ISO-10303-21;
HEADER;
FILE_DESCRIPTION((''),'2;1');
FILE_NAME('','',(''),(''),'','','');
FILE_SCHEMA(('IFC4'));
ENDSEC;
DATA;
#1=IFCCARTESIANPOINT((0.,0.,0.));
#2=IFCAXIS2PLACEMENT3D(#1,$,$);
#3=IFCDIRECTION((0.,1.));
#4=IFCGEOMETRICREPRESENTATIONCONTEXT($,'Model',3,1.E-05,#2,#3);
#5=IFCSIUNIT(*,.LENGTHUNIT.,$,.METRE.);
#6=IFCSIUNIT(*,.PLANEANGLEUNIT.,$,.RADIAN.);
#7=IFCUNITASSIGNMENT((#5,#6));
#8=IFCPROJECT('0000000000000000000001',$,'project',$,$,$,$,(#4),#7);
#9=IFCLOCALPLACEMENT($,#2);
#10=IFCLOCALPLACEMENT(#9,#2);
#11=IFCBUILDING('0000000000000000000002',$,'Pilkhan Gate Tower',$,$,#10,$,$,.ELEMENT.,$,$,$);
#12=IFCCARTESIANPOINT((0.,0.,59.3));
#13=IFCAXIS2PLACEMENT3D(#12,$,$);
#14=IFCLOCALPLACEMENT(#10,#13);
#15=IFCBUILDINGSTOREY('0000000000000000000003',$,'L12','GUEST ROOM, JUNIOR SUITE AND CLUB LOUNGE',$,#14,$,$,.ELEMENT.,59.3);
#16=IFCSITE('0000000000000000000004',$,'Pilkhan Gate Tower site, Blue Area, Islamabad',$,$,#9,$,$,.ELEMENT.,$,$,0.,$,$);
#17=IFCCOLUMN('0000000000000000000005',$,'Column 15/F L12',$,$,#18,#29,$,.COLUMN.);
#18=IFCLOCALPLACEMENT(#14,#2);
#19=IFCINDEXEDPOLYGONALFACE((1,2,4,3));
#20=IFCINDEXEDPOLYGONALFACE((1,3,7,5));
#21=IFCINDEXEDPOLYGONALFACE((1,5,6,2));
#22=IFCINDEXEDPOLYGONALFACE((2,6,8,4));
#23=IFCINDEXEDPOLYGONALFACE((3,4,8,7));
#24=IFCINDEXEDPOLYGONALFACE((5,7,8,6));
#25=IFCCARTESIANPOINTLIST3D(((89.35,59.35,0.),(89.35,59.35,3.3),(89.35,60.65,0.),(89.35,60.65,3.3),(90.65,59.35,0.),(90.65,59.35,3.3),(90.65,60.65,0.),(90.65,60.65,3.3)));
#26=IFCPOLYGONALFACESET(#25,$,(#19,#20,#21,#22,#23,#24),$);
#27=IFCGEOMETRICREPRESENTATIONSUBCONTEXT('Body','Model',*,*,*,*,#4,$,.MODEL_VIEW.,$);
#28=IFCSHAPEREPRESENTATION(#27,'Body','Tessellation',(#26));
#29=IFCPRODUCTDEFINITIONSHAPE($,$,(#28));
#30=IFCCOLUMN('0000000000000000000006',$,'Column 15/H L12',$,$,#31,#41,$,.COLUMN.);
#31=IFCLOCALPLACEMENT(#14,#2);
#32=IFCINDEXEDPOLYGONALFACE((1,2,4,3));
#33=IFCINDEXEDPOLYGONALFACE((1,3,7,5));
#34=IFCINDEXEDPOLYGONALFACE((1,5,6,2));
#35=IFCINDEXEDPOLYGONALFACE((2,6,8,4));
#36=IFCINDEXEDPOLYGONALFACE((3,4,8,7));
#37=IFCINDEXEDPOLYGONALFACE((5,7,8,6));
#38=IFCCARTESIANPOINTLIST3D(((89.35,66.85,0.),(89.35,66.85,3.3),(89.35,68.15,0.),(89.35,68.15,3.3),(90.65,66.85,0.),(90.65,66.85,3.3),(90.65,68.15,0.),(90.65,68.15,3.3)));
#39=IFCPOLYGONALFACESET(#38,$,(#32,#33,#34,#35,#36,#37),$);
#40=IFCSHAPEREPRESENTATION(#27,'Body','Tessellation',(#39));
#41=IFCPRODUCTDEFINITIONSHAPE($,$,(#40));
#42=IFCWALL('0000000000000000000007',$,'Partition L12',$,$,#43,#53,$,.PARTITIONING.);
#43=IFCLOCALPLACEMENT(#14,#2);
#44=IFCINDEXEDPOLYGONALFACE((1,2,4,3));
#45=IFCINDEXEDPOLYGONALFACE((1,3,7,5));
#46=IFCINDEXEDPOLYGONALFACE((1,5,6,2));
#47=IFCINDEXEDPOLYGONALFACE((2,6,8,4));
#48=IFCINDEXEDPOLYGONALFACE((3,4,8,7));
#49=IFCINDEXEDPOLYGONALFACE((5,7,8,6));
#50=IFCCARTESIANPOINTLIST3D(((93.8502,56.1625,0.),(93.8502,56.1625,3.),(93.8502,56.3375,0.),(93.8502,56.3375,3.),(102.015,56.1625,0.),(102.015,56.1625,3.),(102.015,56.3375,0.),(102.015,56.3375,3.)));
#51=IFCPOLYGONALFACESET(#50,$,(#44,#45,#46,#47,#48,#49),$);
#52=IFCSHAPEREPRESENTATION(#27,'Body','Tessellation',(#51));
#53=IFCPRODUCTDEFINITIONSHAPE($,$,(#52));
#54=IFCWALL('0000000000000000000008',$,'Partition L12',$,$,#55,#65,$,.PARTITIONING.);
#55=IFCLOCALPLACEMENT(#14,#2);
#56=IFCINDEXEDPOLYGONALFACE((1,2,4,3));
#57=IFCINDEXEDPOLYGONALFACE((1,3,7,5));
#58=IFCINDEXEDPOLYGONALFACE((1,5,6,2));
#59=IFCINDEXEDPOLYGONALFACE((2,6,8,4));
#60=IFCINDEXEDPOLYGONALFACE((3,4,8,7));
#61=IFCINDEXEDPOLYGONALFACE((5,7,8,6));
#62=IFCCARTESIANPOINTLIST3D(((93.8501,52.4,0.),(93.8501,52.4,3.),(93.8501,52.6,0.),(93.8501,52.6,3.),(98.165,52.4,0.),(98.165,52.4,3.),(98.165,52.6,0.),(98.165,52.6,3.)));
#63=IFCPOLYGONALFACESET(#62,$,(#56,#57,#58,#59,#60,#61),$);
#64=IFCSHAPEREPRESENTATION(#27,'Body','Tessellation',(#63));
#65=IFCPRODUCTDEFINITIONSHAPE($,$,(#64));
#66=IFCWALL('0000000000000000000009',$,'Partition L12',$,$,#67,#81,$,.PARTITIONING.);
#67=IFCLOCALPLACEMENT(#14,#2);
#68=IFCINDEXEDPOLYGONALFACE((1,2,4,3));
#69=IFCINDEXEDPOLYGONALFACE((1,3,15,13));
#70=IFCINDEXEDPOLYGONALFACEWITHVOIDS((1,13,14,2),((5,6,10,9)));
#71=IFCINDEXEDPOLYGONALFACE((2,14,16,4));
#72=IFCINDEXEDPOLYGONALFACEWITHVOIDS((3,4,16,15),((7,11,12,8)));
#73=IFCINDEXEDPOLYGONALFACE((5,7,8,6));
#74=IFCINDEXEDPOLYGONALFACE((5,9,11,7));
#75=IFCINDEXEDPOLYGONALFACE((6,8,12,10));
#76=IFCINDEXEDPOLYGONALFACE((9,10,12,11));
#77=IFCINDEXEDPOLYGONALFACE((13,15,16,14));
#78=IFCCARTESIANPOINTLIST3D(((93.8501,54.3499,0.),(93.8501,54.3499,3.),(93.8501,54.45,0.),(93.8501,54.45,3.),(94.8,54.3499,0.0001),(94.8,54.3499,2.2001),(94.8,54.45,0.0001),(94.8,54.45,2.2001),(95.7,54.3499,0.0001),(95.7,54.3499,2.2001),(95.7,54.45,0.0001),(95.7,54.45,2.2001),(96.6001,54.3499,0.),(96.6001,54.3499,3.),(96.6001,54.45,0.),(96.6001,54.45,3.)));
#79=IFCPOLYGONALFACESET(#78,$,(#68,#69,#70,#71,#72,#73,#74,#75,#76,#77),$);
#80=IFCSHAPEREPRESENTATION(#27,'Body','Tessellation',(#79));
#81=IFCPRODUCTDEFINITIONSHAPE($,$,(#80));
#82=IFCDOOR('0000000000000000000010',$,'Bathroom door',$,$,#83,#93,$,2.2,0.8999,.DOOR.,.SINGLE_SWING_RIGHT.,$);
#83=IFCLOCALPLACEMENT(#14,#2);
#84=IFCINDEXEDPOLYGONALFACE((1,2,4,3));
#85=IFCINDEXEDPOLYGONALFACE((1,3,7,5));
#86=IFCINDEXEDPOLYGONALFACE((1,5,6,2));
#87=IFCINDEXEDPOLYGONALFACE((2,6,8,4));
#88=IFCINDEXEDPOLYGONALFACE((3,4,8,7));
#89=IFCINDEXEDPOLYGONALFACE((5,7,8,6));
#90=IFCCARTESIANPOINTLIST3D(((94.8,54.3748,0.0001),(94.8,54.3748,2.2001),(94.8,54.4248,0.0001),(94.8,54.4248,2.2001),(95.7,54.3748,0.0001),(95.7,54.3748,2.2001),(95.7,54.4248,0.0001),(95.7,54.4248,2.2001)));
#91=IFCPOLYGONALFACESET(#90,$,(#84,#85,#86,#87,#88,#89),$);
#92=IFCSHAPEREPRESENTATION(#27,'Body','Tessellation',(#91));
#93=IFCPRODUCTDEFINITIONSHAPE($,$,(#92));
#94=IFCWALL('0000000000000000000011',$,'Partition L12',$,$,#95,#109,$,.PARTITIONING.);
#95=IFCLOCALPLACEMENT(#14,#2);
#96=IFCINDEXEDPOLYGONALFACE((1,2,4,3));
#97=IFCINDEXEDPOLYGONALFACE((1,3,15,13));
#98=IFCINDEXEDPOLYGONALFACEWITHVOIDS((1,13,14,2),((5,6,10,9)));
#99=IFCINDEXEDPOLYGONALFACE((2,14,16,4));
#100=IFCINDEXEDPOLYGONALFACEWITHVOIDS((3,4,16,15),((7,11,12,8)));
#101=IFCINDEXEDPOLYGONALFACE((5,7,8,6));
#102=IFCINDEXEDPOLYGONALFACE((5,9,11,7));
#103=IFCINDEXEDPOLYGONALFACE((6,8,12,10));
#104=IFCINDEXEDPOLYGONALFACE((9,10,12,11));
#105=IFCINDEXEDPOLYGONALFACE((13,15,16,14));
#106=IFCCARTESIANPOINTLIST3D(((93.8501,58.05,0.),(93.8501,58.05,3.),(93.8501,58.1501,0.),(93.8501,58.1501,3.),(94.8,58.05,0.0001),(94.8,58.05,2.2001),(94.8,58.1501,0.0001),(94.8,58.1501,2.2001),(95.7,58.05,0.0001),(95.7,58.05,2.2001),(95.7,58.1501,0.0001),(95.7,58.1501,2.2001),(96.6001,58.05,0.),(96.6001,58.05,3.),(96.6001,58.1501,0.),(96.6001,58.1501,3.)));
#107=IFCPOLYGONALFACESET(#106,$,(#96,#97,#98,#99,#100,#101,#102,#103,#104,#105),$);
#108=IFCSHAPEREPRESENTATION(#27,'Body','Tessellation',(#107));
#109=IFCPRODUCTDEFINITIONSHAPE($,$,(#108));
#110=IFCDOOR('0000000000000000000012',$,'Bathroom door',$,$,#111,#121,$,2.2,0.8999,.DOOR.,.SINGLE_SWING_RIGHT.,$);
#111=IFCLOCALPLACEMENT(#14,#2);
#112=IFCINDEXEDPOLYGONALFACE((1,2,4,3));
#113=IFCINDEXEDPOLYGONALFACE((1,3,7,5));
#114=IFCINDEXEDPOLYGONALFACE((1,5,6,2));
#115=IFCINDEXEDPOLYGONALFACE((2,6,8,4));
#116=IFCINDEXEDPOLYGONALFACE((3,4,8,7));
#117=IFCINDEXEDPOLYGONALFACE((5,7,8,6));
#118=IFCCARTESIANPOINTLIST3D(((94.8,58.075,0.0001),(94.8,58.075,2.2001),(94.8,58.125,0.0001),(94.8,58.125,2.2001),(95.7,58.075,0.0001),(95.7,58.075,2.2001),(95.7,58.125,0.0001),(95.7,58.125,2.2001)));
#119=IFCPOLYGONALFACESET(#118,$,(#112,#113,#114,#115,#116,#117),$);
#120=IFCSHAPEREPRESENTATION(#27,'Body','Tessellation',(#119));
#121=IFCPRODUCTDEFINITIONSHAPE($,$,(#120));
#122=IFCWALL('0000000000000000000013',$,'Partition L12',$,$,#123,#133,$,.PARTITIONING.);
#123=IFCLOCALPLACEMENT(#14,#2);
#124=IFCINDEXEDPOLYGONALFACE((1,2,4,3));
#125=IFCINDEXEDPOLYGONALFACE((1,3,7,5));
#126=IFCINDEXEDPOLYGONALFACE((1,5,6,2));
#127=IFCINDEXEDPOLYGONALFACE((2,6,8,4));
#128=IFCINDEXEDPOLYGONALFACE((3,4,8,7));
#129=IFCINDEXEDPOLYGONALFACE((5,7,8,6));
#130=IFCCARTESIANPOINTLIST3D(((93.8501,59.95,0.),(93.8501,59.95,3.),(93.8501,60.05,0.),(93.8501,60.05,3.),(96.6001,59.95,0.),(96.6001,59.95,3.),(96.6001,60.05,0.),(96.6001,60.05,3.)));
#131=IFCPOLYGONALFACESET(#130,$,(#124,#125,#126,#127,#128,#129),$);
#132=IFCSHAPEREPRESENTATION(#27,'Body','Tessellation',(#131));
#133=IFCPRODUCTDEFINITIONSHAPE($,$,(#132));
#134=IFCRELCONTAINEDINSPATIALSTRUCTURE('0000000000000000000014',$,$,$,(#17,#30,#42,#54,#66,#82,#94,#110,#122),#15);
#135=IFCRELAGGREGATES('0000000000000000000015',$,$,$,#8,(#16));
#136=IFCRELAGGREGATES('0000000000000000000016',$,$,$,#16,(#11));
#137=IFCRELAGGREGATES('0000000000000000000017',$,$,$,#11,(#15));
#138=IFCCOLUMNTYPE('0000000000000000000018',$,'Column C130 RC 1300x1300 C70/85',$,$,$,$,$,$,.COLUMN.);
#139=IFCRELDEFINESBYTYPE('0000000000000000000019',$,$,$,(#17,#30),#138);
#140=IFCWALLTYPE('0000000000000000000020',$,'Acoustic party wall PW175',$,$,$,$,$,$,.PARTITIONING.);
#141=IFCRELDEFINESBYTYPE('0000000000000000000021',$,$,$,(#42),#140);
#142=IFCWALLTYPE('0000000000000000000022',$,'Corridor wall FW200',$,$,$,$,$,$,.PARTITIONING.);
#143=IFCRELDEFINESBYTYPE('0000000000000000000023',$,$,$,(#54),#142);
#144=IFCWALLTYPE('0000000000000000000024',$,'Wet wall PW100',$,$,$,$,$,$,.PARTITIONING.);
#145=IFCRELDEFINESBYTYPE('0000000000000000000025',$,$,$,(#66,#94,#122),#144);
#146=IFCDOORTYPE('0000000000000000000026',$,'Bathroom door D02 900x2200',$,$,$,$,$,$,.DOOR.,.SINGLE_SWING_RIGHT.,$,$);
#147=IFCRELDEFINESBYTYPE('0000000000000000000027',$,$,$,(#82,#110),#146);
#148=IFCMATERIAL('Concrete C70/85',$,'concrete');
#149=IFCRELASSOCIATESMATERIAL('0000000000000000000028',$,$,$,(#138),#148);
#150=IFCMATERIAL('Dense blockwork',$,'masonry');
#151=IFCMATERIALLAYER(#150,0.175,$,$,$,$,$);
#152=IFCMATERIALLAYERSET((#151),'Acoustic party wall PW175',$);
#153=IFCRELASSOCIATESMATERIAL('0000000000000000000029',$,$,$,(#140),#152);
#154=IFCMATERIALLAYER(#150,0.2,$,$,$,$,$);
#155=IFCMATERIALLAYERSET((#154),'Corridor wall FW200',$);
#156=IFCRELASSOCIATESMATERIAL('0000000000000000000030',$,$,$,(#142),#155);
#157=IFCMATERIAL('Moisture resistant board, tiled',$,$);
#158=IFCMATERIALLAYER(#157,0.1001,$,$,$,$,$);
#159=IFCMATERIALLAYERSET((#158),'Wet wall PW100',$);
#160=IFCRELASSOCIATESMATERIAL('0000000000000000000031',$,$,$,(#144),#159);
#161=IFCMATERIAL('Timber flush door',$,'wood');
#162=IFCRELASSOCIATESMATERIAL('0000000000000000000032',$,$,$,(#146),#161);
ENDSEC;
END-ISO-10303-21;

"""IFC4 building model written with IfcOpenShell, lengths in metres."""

from ifc_helpers import new_model, si_unit, direction, frame, frame_2d, origin, origin_2d, place, context, subcontext, project, spatial, rectangle, extrude, material, layer, layer_set, material_profile, profile_set, type_object, element, fill, save


model = new_model("IFC4")

# Units and contexts
model_context = context("Model", 3, precision=1e-05, world=origin(), true_north=direction((0.0, 1.0)))
body_context = subcontext(model_context, "Body", "Model", "MODEL_VIEW")
ifc_project = project(units=[si_unit("LENGTHUNIT", "METRE"), si_unit("PLANEANGLEUNIT", "RADIAN")], contexts=[model_context])

# Site, building, storey
site_placement = place(None, origin())
site = spatial("IfcSite", under=ifc_project, at=site_placement, Name="Pilkhan Gate Tower site, Blue Area, Islamabad", CompositionType="ELEMENT", RefElevation=0.0)
building_placement = place(site_placement, origin())
building = spatial("IfcBuilding", under=site, at=building_placement, Name="Pilkhan Gate Tower", CompositionType="ELEMENT")
storey_placement = place(building_placement, frame((0.0, 0.0, 59.3)))
storey = spatial("IfcBuildingStorey", under=building, at=storey_placement, Name="L12", Description="GUEST ROOM, JUNIOR SUITE AND CLUB LOUNGE", CompositionType="ELEMENT", Elevation=59.3)

# Columns
ifc_material_1 = material(Name="Concrete C70/85", Category="concrete")
ifc_material_profile = material_profile(ifc_material_1, rectangle(XDim=1.3, YDim=1.3, at=origin_2d()), Name="RC 1300x1300")
ifc_profile_set = profile_set([ifc_material_profile], Name="Concrete C70/85")
column_type = type_object("IfcColumnType", Name="Column C130 RC 1300x1300 C70/85", PredefinedType="COLUMN", material=ifc_profile_set)
for number, where, z_axis, x_axis, name in (
    (1, (90.0, 60.0, 0.0), (0.0, 0.0, 1.0), (1.0, 0.0, 0.0), "Column 15/F L12"),
    (2, (90.0, 67.5, 0.0), (0.0, 0.0, 1.0), (1.0, 0.0, 0.0), "Column 15/H L12"),
):
    element("IfcColumn", number, at=place(storey_placement, frame(where, z_axis=z_axis, x_axis=x_axis)), inside=storey, type_object=column_type, Name=name, PredefinedType="COLUMN", context=body_context, shape_type="SweptSolid", body=[
        extrude(rectangle(XDim=1.3, YDim=1.3, at=origin_2d()), origin(), (0.0, 0.0, 1.0), 3.3),
    ])

# Walls
ifc_material_2 = material(Name="Dense blockwork", Category="masonry")
ifc_layer_1 = layer(ifc_material_2, 0.175)
ifc_layer_set_1 = layer_set([ifc_layer_1], Name="Acoustic party wall PW175")
wall_type_1 = type_object("IfcWallType", Name="Acoustic party wall PW175", PredefinedType="PARTITIONING", material=ifc_layer_set_1)
wall_1_placement = place(storey_placement, frame((93.8501, 56.25, 0.0), z_axis=(0.0, 0.0, 1.0), x_axis=(1.0, 0.0, 0.0)))
element("IfcWall", 3, at=wall_1_placement, inside=storey, type_object=wall_type_1, Name="Partition L12", PredefinedType="PARTITIONING", context=body_context, shape_type="SweptSolid", body=[
    extrude(rectangle(XDim=8.1648, YDim=0.175, at=frame_2d((4.0825, 0.0))), origin(), (0.0, 0.0, 1.0), 3.0),
])
ifc_layer_2 = layer(ifc_material_2, 0.2)
ifc_layer_set_2 = layer_set([ifc_layer_2], Name="Corridor wall FW200")
wall_type_2 = type_object("IfcWallType", Name="Corridor wall FW200", PredefinedType="PARTITIONING", material=ifc_layer_set_2)
wall_2_placement = place(storey_placement, frame((93.8501, 52.5, 0.0), z_axis=(0.0, 0.0, 1.0), x_axis=(1.0, 0.0, 0.0)))
element("IfcWall", 4, at=wall_2_placement, inside=storey, type_object=wall_type_2, Name="Partition L12", PredefinedType="PARTITIONING", context=body_context, shape_type="SweptSolid", body=[
    extrude(rectangle(XDim=4.3149, YDim=0.2, at=frame_2d((2.1575, 0.0))), origin(), (0.0, 0.0, 1.0), 3.0),
])

# Walls, openings, doors
ifc_material_3 = material(Name="Moisture resistant board, tiled")
ifc_layer_3 = layer(ifc_material_3, 0.1001)
ifc_layer_set_3 = layer_set([ifc_layer_3], Name="Wet wall PW100")
wall_type_3 = type_object("IfcWallType", Name="Wet wall PW100", PredefinedType="PARTITIONING", material=ifc_layer_set_3)
wall_3_placement = place(storey_placement, frame((93.8501, 54.3999, 0.0), z_axis=(0.0, 0.0, 1.0), x_axis=(1.0, 0.0, 0.0)))
wall_3 = element("IfcWall", 5, at=wall_3_placement, inside=storey, type_object=wall_type_3, Name="Partition L12", PredefinedType="PARTITIONING", context=body_context, shape_type="SweptSolid", body=[
    extrude(rectangle(XDim=2.75, YDim=0.1001, at=frame_2d((1.375, 0.0))), origin(), (0.0, 0.0, 1.0), 3.0),
])
opening_1_placement = place(wall_3_placement, frame((0.95, 0.0, 0.0)))
opening_1 = element("IfcOpeningElement", 6, at=opening_1_placement, cuts=wall_3, PredefinedType="OPENING", context=body_context, shape_type="SweptSolid", body=[
    extrude(rectangle(XDim=0.8999, YDim=2.2, at=frame_2d((0.45, 1.1001))), frame((0.0, 0.0601, 0.0), z_axis=(0.0, -1.0, 0.0), x_axis=(1.0, 0.0, 0.0)), (0.0, 0.0, 1.0), 0.1201),
])
ifc_material_4 = material(Name="Timber flush door", Category="wood")
door_type_1 = type_object("IfcDoorType", Name="Bathroom door D02 900x2200", OperationType="SINGLE_SWING_RIGHT", PredefinedType="DOOR", material=ifc_material_4)
door_1_placement = place(opening_1_placement, origin())
door_1 = element("IfcDoor", 7, at=door_1_placement, inside=storey, type_object=door_type_1, Name="Bathroom door", OperationType="SINGLE_SWING_RIGHT", OverallHeight=2.2, OverallWidth=0.8999, PredefinedType="DOOR", context=body_context, shape_type="SweptSolid", body=[
    extrude(rectangle(XDim=0.8999, YDim=2.2, at=frame_2d((0.45, 1.1001))), frame((0.0, 0.0249, 0.0), z_axis=(0.0, -1.0, 0.0), x_axis=(1.0, 0.0, 0.0)), (0.0, 0.0, 1.0), 0.05),
])
fill(opening_1, door_1)
wall_4_placement = place(storey_placement, frame((93.8501, 58.1001, 0.0), z_axis=(0.0, 0.0, 1.0), x_axis=(1.0, 0.0, 0.0)))
wall_4 = element("IfcWall", 8, at=wall_4_placement, inside=storey, type_object=wall_type_3, Name="Partition L12", PredefinedType="PARTITIONING", context=body_context, shape_type="SweptSolid", body=[
    extrude(rectangle(XDim=2.75, YDim=0.1001, at=frame_2d((1.375, 0.0))), origin(), (0.0, 0.0, 1.0), 3.0),
])
opening_2_placement = place(wall_4_placement, frame((0.95, 0.0, 0.0)))
opening_2 = element("IfcOpeningElement", 9, at=opening_2_placement, cuts=wall_4, PredefinedType="OPENING", context=body_context, shape_type="SweptSolid", body=[
    extrude(rectangle(XDim=0.8999, YDim=2.2, at=frame_2d((0.45, 1.1001))), frame((0.0, 0.0601, 0.0), z_axis=(0.0, -1.0, 0.0), x_axis=(1.0, 0.0, 0.0)), (0.0, 0.0, 1.0), 0.1201),
])
door_2_placement = place(opening_2_placement, origin())
door_2 = element("IfcDoor", 10, at=door_2_placement, inside=storey, type_object=door_type_1, Name="Bathroom door", OperationType="SINGLE_SWING_RIGHT", OverallHeight=2.2, OverallWidth=0.8999, PredefinedType="DOOR", context=body_context, shape_type="SweptSolid", body=[
    extrude(rectangle(XDim=0.8999, YDim=2.2, at=frame_2d((0.45, 1.1001))), frame((0.0, 0.0249, 0.0), z_axis=(0.0, -1.0, 0.0), x_axis=(1.0, 0.0, 0.0)), (0.0, 0.0, 1.0), 0.05),
])
fill(opening_2, door_2)

# Wall
wall_5_placement = place(storey_placement, frame((93.8501, 60.0, 0.0), z_axis=(0.0, 0.0, 1.0), x_axis=(1.0, 0.0, 0.0)))
element("IfcWall", 11, at=wall_5_placement, inside=storey, type_object=wall_type_3, Name="Partition L12", PredefinedType="PARTITIONING", context=body_context, shape_type="SweptSolid", body=[
    extrude(rectangle(XDim=2.75, YDim=0.1001, at=frame_2d((1.375, 0.0))), origin(), (0.0, 0.0, 1.0), 3.0),
])

save(model, "model.ifc")
